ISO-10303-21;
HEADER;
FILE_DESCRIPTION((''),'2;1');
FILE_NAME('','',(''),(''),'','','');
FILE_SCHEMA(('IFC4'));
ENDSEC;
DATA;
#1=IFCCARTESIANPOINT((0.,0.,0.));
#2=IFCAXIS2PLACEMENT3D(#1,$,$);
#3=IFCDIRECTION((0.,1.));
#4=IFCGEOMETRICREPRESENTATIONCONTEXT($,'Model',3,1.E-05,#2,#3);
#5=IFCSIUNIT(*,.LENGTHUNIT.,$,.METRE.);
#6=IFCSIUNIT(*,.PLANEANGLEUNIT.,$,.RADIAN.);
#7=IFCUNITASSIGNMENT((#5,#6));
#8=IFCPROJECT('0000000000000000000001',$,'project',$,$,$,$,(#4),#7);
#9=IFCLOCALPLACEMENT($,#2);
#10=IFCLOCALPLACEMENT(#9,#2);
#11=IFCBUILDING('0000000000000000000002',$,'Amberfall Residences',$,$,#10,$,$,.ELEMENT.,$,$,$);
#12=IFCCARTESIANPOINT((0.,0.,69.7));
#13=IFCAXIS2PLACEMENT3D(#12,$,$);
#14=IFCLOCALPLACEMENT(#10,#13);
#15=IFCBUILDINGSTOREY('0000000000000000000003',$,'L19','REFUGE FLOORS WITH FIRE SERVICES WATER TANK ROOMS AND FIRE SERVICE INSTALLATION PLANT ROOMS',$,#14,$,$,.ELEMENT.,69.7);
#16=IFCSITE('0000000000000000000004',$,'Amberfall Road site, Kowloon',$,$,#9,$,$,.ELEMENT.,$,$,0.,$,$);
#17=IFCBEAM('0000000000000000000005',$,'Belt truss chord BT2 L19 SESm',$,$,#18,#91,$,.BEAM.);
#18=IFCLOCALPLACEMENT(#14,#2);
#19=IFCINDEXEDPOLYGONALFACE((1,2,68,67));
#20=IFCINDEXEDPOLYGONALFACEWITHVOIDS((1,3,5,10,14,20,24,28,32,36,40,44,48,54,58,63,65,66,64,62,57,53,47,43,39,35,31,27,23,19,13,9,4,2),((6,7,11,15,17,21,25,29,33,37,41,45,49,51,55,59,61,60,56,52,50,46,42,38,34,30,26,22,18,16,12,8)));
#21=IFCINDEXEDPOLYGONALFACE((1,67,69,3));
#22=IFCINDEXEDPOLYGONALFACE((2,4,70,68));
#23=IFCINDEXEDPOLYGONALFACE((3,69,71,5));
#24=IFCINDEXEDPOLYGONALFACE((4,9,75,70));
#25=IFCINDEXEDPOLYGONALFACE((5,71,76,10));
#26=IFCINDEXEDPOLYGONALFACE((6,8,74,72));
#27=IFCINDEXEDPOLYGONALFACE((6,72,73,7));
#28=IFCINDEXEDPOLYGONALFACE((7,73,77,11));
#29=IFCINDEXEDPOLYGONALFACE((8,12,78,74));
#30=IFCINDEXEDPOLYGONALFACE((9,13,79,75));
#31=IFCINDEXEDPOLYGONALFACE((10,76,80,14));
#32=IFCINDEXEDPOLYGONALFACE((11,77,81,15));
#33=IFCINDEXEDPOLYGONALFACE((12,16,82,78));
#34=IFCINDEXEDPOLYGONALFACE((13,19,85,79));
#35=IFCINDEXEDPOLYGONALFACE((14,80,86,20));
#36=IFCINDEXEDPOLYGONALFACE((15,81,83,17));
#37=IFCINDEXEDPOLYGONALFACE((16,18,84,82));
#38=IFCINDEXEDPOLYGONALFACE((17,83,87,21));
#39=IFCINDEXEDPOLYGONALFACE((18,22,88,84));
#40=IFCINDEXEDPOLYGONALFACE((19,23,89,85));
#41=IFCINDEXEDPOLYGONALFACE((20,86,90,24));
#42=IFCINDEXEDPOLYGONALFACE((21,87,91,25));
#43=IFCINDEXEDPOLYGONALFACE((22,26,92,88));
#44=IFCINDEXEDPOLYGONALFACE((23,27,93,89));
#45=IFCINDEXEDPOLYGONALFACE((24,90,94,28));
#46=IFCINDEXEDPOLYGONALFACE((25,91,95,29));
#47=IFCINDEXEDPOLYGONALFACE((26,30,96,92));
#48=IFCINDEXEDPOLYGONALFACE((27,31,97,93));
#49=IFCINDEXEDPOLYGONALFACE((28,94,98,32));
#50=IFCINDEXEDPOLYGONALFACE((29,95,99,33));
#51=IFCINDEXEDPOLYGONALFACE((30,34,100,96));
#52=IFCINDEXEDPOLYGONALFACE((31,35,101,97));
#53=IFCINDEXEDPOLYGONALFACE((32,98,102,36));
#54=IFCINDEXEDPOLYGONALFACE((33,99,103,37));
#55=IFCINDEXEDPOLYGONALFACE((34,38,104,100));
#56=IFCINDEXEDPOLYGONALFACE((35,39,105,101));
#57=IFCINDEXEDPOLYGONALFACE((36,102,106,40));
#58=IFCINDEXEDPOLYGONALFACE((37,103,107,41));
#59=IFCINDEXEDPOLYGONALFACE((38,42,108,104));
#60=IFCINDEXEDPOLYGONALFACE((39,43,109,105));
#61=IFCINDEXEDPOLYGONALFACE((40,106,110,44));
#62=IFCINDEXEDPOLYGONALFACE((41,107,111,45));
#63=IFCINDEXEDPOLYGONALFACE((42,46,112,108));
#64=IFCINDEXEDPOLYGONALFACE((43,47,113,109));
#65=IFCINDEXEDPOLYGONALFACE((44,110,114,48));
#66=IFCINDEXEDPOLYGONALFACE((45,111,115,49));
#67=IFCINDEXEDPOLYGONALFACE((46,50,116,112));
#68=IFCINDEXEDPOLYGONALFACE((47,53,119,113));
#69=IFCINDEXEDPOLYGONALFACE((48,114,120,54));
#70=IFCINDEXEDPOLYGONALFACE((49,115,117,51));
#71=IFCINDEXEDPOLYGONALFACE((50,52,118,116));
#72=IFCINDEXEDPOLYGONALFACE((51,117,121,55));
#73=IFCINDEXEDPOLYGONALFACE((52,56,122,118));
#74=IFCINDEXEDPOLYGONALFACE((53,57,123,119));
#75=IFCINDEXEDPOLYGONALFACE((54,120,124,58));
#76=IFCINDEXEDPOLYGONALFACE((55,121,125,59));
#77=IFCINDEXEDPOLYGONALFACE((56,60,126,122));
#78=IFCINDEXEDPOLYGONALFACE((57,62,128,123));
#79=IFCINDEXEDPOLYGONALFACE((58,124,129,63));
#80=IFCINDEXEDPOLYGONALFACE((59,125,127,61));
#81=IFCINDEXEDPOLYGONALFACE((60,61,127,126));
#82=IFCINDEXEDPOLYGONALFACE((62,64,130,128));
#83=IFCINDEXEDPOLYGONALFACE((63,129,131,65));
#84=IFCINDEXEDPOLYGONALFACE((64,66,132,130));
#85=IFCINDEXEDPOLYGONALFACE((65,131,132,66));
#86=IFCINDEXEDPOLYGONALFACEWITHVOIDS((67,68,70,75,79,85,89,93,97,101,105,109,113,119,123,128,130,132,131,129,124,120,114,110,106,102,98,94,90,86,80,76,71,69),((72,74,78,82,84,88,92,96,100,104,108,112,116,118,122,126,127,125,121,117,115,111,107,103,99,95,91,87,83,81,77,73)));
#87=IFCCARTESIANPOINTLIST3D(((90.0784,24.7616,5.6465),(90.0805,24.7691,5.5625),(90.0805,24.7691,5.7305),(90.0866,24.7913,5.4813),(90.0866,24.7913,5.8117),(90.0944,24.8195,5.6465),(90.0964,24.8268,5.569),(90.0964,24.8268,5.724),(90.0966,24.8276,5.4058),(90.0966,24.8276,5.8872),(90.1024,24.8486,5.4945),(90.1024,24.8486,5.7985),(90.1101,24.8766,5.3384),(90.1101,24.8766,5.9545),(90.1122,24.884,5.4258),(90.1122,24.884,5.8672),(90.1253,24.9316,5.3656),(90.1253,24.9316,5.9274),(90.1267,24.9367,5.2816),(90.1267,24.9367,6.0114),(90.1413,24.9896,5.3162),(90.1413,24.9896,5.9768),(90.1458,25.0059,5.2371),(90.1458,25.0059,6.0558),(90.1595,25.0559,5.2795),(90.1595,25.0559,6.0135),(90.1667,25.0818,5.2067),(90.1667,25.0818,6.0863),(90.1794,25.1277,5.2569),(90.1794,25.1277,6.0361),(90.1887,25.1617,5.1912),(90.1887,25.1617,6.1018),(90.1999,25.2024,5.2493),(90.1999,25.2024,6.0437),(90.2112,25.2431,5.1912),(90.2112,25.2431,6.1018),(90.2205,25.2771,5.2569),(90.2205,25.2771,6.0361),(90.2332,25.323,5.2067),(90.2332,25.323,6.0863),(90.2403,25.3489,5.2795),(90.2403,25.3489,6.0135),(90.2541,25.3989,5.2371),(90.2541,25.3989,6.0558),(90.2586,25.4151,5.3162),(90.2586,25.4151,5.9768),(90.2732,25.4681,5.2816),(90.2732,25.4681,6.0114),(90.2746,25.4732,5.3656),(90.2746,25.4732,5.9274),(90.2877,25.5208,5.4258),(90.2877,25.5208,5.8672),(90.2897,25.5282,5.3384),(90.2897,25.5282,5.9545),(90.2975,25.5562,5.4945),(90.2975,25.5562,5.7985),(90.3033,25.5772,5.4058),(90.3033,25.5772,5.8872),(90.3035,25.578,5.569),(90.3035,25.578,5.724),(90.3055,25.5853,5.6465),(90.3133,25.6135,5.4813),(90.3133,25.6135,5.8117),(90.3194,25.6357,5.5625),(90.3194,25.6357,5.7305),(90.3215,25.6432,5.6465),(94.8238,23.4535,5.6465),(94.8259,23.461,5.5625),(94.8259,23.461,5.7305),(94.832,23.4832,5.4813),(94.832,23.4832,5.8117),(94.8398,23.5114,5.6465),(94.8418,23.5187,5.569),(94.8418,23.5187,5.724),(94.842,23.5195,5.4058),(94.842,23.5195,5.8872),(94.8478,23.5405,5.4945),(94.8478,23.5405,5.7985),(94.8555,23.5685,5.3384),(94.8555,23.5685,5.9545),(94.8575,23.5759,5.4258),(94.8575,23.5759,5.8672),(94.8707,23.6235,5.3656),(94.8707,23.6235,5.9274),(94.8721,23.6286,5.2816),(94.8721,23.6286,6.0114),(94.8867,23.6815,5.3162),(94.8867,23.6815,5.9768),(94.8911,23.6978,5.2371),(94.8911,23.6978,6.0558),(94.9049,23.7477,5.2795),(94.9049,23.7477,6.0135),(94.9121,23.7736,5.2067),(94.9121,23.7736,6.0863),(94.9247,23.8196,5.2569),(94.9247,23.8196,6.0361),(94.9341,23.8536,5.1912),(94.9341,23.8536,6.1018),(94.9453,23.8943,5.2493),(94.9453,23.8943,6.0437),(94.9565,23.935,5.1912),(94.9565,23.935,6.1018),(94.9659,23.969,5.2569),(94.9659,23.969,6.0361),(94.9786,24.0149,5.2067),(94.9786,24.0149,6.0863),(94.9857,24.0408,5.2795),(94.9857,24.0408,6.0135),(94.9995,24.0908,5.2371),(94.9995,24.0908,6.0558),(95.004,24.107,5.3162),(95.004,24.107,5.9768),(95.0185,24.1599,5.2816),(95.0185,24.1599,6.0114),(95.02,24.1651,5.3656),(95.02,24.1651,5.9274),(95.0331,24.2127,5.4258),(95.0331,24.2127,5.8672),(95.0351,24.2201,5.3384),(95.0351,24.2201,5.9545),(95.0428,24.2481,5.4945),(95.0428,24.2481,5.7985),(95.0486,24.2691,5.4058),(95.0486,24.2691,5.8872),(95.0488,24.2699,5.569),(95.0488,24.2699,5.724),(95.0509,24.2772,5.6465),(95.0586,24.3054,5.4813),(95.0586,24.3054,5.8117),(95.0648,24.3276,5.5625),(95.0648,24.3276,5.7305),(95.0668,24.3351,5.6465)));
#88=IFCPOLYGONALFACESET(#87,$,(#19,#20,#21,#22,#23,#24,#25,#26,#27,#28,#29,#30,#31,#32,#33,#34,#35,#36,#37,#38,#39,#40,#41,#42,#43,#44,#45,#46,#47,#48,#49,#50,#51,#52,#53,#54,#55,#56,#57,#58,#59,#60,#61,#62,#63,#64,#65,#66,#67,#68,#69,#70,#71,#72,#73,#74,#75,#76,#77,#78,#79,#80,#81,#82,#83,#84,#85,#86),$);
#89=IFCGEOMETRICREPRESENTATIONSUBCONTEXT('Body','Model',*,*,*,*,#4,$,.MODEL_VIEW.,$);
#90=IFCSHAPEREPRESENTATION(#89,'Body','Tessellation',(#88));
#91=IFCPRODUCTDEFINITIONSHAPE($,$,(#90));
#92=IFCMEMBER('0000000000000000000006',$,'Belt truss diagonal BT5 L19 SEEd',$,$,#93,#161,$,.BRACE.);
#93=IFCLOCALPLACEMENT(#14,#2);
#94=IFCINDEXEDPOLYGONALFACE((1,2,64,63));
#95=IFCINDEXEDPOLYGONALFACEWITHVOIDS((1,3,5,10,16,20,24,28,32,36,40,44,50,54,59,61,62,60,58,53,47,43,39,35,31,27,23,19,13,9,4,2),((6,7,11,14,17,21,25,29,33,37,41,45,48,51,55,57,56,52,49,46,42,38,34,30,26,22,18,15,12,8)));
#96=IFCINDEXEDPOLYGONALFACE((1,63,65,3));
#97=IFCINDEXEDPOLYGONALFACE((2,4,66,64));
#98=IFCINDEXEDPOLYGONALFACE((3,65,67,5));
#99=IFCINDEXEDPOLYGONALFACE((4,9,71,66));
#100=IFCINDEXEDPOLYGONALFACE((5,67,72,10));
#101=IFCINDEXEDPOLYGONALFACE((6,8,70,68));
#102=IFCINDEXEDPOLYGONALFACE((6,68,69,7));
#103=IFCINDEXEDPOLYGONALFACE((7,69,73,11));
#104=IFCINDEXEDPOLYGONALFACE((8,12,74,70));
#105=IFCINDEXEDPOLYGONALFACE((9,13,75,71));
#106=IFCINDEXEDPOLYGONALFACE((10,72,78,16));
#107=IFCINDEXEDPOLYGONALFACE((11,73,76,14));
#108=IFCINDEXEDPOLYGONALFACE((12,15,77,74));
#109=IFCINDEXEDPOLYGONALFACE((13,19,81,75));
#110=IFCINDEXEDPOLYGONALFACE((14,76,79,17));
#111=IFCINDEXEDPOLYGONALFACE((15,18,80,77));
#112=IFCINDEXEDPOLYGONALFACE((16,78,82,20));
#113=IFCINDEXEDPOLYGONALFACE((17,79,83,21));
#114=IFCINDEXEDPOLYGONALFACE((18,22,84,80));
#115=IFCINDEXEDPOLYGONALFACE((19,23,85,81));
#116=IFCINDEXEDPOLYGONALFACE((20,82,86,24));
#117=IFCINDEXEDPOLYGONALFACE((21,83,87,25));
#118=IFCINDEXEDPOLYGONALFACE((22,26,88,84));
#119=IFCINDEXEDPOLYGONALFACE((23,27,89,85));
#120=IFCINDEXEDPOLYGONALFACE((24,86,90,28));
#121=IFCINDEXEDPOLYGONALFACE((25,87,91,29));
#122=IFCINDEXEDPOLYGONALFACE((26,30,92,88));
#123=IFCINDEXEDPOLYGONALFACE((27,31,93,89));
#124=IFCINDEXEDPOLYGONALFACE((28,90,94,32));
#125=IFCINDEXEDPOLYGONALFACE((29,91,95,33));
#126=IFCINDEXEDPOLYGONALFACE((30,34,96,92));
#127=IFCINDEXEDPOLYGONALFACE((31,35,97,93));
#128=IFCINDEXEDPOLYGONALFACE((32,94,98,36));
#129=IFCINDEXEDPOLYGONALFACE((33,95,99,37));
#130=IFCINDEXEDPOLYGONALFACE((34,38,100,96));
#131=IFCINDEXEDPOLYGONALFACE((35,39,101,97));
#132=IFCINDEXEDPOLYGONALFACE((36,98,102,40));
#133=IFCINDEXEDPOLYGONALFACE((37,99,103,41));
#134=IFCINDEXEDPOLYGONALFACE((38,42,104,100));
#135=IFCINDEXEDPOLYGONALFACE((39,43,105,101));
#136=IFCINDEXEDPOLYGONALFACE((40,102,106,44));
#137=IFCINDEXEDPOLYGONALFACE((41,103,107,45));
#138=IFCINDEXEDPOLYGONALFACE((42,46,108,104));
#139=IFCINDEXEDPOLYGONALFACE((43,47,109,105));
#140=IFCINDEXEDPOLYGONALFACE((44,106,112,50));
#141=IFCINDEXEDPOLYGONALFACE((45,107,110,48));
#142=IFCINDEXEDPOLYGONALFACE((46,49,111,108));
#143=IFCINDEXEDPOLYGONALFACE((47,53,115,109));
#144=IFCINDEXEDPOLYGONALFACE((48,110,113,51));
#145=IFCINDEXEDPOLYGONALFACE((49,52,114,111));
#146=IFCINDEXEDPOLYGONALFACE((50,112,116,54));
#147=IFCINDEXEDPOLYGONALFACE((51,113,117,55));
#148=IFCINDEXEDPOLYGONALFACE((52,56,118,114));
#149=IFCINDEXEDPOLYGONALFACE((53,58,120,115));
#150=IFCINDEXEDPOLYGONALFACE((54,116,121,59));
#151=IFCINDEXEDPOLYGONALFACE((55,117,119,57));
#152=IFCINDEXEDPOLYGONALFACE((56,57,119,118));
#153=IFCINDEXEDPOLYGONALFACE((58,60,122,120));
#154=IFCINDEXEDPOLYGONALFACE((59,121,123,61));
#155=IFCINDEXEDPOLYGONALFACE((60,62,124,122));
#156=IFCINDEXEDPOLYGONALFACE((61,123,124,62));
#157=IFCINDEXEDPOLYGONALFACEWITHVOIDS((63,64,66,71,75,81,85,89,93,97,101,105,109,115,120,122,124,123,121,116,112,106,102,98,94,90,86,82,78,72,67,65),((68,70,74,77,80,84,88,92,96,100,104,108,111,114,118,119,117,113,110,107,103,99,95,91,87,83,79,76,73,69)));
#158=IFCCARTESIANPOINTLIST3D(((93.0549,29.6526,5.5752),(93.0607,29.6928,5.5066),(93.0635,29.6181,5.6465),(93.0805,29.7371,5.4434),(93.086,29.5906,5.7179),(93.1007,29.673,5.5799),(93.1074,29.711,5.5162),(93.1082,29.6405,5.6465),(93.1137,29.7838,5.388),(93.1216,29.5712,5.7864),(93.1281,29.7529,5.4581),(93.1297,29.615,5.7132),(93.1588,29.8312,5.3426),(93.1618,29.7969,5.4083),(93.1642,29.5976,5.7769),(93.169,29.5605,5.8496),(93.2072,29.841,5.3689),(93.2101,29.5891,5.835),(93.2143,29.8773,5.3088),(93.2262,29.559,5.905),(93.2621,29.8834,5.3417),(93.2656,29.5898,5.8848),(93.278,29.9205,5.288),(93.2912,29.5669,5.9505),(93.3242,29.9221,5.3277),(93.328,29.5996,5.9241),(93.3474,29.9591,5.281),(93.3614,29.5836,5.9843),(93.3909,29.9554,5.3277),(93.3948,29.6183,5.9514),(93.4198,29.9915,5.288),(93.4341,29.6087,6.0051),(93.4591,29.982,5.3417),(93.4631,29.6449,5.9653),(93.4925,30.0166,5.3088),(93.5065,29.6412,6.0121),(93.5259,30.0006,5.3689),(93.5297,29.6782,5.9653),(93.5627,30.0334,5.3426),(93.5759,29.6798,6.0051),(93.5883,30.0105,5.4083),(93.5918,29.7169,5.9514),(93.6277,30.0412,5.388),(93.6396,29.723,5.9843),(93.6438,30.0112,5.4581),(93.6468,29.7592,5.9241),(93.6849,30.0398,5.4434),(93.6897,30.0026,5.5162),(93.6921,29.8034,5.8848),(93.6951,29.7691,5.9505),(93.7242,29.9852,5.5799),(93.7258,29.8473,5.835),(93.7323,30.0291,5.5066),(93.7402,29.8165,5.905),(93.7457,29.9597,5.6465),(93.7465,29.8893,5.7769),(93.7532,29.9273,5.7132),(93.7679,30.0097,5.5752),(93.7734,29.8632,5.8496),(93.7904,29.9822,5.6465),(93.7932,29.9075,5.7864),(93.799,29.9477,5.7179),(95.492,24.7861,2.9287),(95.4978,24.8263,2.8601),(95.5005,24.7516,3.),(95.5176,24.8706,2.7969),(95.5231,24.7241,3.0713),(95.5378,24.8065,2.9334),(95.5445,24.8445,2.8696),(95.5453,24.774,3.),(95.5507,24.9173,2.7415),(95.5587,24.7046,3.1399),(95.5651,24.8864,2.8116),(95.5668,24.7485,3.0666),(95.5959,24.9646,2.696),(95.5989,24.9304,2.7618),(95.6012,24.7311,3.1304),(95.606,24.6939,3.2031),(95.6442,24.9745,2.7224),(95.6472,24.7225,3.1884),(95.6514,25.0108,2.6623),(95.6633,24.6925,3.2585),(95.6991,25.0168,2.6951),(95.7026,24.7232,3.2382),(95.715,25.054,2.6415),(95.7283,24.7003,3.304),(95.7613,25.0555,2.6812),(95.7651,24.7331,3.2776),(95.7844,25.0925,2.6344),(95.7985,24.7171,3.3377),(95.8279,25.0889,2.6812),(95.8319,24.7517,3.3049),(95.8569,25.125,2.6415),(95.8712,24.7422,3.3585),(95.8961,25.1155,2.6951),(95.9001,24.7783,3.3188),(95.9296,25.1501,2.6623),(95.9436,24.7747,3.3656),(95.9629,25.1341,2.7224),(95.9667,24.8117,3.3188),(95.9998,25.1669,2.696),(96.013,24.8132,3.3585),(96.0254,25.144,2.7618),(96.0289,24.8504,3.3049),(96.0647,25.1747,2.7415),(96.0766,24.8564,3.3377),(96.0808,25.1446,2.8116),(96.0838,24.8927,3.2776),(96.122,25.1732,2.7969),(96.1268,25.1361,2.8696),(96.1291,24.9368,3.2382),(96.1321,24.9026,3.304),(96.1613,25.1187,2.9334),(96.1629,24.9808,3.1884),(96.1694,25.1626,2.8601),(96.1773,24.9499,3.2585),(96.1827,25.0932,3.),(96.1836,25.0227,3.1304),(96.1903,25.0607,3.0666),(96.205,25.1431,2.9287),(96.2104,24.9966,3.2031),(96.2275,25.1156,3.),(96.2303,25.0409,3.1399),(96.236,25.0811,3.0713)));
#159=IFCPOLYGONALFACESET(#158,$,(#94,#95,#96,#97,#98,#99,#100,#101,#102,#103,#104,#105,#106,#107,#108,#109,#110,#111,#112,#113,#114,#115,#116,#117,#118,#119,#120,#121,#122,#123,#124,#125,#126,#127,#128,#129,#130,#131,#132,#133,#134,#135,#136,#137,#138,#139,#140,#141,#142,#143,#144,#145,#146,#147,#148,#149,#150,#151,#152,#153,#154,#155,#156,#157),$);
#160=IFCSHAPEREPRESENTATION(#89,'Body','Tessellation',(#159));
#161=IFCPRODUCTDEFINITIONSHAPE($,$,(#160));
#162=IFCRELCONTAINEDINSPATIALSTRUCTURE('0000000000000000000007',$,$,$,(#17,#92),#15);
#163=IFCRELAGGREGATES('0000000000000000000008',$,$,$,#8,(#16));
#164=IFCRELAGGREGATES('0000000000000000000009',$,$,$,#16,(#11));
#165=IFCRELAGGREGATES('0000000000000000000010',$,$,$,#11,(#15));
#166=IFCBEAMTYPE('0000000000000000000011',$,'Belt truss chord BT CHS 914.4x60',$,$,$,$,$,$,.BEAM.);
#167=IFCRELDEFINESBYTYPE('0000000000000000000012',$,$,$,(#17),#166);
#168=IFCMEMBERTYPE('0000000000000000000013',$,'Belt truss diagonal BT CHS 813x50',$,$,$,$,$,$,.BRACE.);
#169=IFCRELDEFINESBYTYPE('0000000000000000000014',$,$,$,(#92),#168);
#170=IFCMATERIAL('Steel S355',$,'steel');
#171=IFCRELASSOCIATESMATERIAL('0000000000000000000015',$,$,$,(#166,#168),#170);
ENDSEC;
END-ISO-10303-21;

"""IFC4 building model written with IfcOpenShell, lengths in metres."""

from ifc_helpers import new_model, si_unit, direction, frame, origin, origin_2d, place, context, subcontext, project, spatial, hollow_circle, extrude, material, material_profile, profile_set, type_object, element, save


model = new_model("IFC4")

# Units and contexts
model_context = context("Model", 3, precision=1e-05, world=origin(), true_north=direction((0.0, 1.0)))
body_context = subcontext(model_context, "Body", "Model", "MODEL_VIEW")
ifc_project = project(units=[si_unit("LENGTHUNIT", "METRE"), si_unit("PLANEANGLEUNIT", "RADIAN")], contexts=[model_context])

# Site, building, storey
site_placement = place(None, origin())
site = spatial("IfcSite", under=ifc_project, at=site_placement, Name="Amberfall Road site, Kowloon", CompositionType="ELEMENT", RefElevation=0.0)
building_placement = place(site_placement, origin())
building = spatial("IfcBuilding", under=site, at=building_placement, Name="Amberfall Residences", CompositionType="ELEMENT")
storey_placement = place(building_placement, frame((0.0, 0.0, 69.7)))
storey = spatial("IfcBuildingStorey", under=building, at=storey_placement, Name="L19", Description="REFUGE FLOORS WITH FIRE SERVICES WATER TANK ROOMS AND FIRE SERVICE INSTALLATION PLANT ROOMS", CompositionType="ELEMENT", Elevation=69.7)

# Beam
ifc_material_1 = material(Name="Steel S355", Category="steel")
ifc_material_profile_1 = material_profile(ifc_material_1, hollow_circle(Radius=0.4573, WallThickness=0.0601, at=origin_2d()), Name="CHS 914.4x60")
ifc_profile_set_1 = profile_set([ifc_material_profile_1], Name="Steel S355")
beam_type_1 = type_object("IfcBeamType", Name="Belt truss chord BT CHS 914.4x60", PredefinedType="BEAM", material=ifc_profile_set_1)
beam_1_placement = place(storey_placement, frame((94.9453, 23.8943, 5.6465), z_axis=(-0.964043, 0.265748, 0.0), x_axis=(-0.265748, -0.964043, 0.0)))
element("IfcBeam", 1, at=beam_1_placement, inside=storey, type_object=beam_type_1, Name="Belt truss chord BT2 L19 SESm", PredefinedType="BEAM", context=body_context, shape_type="SweptSolid", body=[
    extrude(hollow_circle(Radius=0.4573, WallThickness=0.0601, at=origin_2d()), origin(), (0.0, 0.0, 1.0), 4.9224),
])

# Member
ifc_material_profile_2 = material_profile(ifc_material_1, hollow_circle(Radius=0.4065, WallThickness=0.05, at=origin_2d()), Name="CHS 813x50")
ifc_profile_set_2 = profile_set([ifc_material_profile_2], Name="Steel S355")
member_type = type_object("IfcMemberType", Name="Belt truss diagonal BT CHS 813x50", PredefinedType="BRACE", material=ifc_profile_set_2)
member_1_placement = place(storey_placement, frame((95.864, 24.9336, 3.0), z_axis=(-0.402687, 0.804122, 0.437299), x_axis=(-0.894149, -0.44777, 0.0)))
element("IfcMember", 2, at=member_1_placement, inside=storey, type_object=member_type, Name="Belt truss diagonal BT5 L19 SEEd", PredefinedType="BRACE", context=body_context, shape_type="SweptSolid", body=[
    extrude(hollow_circle(Radius=0.4065, WallThickness=0.05, at=origin_2d()), origin(), (0.0, 0.0, 1.0), 6.052),
])

save(model, "model.ifc")
